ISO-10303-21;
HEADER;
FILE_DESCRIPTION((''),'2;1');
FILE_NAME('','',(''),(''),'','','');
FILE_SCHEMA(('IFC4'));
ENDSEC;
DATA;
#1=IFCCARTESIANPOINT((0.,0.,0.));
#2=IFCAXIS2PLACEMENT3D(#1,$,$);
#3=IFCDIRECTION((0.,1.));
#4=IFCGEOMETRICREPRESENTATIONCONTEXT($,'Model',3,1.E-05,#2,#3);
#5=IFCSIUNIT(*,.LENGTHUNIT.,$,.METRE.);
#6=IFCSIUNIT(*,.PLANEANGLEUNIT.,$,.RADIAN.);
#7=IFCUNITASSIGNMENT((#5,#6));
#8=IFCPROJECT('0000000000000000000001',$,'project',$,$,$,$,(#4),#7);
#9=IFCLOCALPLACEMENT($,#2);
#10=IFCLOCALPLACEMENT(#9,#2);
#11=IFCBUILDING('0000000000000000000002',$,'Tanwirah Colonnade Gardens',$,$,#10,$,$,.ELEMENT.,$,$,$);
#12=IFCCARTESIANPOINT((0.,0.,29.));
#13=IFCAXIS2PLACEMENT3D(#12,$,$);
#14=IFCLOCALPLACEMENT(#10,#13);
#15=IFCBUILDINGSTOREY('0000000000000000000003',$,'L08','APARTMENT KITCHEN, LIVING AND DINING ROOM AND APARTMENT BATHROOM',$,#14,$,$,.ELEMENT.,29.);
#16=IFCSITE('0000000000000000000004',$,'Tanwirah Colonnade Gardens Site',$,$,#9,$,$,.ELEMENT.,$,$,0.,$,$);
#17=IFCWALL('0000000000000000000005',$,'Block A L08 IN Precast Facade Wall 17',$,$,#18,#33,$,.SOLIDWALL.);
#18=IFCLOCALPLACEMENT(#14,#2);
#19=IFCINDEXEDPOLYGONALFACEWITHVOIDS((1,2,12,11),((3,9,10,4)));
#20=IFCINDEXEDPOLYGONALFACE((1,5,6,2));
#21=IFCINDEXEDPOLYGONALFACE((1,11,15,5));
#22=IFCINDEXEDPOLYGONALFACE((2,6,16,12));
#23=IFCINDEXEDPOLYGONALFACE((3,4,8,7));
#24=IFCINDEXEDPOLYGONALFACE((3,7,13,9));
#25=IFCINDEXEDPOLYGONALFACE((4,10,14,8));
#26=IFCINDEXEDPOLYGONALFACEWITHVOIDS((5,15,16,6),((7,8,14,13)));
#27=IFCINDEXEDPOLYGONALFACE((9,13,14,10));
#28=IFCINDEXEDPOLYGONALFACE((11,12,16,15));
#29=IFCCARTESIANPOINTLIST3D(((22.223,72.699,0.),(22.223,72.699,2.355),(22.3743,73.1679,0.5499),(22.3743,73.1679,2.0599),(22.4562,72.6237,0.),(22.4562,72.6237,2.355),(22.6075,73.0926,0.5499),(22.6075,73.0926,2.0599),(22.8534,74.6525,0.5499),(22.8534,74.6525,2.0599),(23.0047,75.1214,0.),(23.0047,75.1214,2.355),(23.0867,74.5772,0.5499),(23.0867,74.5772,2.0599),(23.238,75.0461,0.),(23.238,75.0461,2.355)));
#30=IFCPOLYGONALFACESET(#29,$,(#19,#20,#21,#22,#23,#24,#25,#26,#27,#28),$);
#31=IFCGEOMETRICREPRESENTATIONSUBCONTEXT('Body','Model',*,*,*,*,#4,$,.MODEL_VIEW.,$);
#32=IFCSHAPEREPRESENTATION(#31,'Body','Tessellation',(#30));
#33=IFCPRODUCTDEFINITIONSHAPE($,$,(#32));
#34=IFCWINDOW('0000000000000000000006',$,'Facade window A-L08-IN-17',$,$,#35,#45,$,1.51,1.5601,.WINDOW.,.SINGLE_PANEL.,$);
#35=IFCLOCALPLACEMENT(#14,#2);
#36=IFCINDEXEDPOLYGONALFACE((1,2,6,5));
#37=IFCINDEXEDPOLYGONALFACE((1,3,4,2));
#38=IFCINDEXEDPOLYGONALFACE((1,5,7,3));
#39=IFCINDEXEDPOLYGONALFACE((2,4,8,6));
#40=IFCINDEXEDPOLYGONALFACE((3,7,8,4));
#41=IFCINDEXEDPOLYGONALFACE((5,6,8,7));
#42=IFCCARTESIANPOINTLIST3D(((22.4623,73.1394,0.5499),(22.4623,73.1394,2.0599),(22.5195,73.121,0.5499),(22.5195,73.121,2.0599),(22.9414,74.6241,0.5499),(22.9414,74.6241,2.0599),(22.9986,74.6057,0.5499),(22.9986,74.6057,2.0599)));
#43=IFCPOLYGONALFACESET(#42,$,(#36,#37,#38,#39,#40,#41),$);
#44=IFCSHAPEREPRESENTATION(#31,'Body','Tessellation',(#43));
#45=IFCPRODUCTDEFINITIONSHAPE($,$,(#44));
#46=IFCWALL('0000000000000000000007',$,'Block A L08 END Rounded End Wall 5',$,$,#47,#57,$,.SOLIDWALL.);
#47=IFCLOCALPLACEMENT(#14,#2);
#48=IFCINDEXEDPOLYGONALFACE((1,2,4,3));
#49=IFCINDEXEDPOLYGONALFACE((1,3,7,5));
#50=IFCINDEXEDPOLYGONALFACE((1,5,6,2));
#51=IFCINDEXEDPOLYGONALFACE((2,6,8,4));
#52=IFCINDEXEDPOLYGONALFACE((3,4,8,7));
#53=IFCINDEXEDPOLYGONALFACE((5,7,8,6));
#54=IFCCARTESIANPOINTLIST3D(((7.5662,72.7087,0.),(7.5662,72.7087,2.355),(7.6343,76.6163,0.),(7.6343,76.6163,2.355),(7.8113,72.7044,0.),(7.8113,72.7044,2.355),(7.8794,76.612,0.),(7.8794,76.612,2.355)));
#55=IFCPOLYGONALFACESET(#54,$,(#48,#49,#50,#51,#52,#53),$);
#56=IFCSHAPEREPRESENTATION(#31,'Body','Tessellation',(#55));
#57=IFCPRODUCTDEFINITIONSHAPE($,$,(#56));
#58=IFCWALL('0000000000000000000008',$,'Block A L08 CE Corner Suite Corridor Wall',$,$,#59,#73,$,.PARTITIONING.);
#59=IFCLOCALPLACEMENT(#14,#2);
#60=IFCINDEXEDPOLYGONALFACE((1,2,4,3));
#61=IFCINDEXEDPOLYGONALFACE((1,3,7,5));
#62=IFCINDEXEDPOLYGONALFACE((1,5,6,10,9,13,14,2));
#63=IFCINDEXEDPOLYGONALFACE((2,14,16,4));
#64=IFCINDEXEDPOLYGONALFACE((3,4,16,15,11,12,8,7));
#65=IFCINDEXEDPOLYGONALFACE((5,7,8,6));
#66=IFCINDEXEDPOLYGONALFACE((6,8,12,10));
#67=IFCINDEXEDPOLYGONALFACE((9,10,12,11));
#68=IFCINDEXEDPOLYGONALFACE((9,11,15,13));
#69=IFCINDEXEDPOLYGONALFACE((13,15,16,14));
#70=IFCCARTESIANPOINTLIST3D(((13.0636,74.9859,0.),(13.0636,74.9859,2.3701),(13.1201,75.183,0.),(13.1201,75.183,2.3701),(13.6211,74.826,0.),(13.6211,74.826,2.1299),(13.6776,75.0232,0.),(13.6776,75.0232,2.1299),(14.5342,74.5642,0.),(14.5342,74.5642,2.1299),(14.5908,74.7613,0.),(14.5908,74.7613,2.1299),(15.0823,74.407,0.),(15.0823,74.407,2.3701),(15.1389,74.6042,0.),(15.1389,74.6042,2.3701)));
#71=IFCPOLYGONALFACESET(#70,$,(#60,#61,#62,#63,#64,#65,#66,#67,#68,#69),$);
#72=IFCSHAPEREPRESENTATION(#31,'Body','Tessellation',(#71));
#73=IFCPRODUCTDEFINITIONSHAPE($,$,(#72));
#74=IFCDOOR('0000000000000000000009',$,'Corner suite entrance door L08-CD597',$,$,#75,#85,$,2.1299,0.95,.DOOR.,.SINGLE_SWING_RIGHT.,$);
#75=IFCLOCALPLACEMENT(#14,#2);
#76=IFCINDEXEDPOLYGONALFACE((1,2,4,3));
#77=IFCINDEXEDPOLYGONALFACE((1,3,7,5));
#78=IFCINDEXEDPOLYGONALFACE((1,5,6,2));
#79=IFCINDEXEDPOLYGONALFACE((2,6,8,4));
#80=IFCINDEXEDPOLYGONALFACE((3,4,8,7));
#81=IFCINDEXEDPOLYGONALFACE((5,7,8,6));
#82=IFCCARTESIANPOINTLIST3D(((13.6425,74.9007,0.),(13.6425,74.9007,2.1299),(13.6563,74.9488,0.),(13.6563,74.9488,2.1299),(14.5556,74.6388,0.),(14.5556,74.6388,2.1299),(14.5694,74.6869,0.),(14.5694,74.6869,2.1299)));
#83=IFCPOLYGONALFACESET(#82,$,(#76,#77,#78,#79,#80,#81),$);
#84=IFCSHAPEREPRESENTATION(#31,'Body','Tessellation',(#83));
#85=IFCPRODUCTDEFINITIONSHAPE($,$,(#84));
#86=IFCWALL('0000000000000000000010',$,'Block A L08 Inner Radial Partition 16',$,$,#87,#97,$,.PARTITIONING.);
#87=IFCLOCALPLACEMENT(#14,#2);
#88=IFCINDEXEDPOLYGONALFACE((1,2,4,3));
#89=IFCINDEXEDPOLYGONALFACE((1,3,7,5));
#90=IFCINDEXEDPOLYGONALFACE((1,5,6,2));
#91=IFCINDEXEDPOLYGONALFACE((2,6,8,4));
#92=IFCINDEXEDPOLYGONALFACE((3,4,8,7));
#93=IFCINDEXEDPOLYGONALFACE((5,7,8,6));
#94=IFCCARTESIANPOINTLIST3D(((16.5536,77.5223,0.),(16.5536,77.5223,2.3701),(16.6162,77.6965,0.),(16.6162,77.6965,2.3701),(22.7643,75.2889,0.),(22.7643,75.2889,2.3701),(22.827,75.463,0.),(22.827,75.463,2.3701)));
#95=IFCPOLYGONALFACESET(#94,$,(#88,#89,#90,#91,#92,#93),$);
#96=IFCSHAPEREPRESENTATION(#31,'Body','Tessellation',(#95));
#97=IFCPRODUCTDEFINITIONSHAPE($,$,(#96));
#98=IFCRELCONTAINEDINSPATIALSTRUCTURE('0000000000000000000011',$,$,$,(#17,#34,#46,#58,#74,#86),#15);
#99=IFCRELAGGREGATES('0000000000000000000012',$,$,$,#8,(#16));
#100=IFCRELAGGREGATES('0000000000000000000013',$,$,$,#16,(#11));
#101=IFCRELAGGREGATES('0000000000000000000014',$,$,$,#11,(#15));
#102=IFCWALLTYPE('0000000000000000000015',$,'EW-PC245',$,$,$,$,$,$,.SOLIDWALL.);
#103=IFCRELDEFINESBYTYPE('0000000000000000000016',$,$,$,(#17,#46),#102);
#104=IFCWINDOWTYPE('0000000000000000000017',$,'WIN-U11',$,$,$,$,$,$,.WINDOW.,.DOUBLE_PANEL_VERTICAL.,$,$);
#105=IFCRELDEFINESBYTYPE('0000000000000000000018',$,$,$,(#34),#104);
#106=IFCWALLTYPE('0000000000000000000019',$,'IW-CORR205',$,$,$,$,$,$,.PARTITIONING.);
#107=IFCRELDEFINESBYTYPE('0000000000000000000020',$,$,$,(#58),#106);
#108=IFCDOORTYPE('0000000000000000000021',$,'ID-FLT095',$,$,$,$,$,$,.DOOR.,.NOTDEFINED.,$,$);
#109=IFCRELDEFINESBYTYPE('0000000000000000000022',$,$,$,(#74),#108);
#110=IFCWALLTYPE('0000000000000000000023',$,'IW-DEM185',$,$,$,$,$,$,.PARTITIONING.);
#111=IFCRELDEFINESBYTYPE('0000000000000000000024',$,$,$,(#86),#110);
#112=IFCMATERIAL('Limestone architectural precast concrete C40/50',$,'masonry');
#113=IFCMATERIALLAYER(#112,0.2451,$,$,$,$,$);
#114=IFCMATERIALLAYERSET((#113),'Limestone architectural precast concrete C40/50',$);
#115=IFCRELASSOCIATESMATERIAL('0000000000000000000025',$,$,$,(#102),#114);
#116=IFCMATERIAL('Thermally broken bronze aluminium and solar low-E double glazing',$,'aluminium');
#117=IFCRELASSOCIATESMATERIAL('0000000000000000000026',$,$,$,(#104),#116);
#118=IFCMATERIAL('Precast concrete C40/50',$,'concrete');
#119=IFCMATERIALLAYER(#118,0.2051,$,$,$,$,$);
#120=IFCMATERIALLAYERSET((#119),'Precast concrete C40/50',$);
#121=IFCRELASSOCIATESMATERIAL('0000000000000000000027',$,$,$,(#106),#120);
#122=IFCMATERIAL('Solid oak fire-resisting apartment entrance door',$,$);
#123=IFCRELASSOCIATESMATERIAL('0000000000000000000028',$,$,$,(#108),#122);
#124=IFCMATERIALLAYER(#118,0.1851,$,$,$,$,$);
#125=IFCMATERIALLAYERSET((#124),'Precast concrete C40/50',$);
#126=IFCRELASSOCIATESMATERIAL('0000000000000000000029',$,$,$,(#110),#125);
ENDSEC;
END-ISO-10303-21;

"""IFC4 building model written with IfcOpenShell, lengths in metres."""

from ifc_helpers import new_model, si_unit, direction, frame, frame_2d, origin, place, context, subcontext, project, spatial, rectangle, extrude, material, layer, layer_set, type_object, element, fill, save


model = new_model("IFC4")

# Units and contexts
model_context = context("Model", 3, precision=1e-05, world=origin(), true_north=direction((0.0, 1.0)))
body_context = subcontext(model_context, "Body", "Model", "MODEL_VIEW")
ifc_project = project(units=[si_unit("LENGTHUNIT", "METRE"), si_unit("PLANEANGLEUNIT", "RADIAN")], contexts=[model_context])

# Site, building, storey
site_placement = place(None, origin())
site = spatial("IfcSite", under=ifc_project, at=site_placement, Name="Tanwirah Colonnade Gardens Site", CompositionType="ELEMENT", RefElevation=0.0)
building_placement = place(site_placement, origin())
building = spatial("IfcBuilding", under=site, at=building_placement, Name="Tanwirah Colonnade Gardens", CompositionType="ELEMENT")
storey_placement = place(building_placement, frame((0.0, 0.0, 29.0)))
storey = spatial("IfcBuildingStorey", under=building, at=storey_placement, Name="L08", Description="APARTMENT KITCHEN, LIVING AND DINING ROOM AND APARTMENT BATHROOM", CompositionType="ELEMENT", Elevation=29.0)

# Shared definitions
ifc_material_1 = material(Name="Precast concrete C40/50", Category="concrete")

# Wall, opening, window
ifc_material_2 = material(Name="Limestone architectural precast concrete C40/50", Category="masonry")
ifc_layer_1 = layer(ifc_material_2, 0.2451)
ifc_layer_set_1 = layer_set([ifc_layer_1], Name="Limestone architectural precast concrete C40/50")
wall_type_1 = type_object("IfcWallType", Name="EW-PC245", PredefinedType="SOLIDWALL", material=ifc_layer_set_1)
wall_1_placement = place(storey_placement, frame((23.1213, 75.0837, 0.0), z_axis=(0.0, 0.0, 1.0), x_axis=(-0.30712, -0.951671, 0.0)))
wall_1 = element("IfcWall", 1, at=wall_1_placement, inside=storey, type_object=wall_type_1, Name="Block A L08 IN Precast Facade Wall 17", PredefinedType="SOLIDWALL", context=body_context, shape_type="SweptSolid", body=[
    extrude(rectangle(XDim=2.5454, YDim=0.2451, at=frame_2d((1.2727, 0.0))), origin(), (0.0, 0.0, 1.0), 2.355),
])
opening_1_placement = place(wall_1_placement, frame((0.4927, 0.0, 0.55)))
opening_1 = element("IfcOpeningElement", 2, at=opening_1_placement, cuts=wall_1, PredefinedType="OPENING", context=body_context, shape_type="SweptSolid", body=[
    extrude(rectangle(XDim=1.5601, YDim=1.51, at=frame_2d((0.78, 0.7549))), frame((0.0, 0.1326, 0.0), z_axis=(0.0, -1.0, 0.0), x_axis=(1.0, 0.0, 0.0)), (0.0, 0.0, 1.0), 0.2651),
])
ifc_material_3 = material(Name="Thermally broken bronze aluminium and solar low-E double glazing", Category="aluminium")
window_type = type_object("IfcWindowType", Name="WIN-U11", PartitioningType="DOUBLE_PANEL_VERTICAL", PredefinedType="WINDOW", material=ifc_material_3)
window_placement = place(opening_1_placement, origin())
window = element("IfcWindow", 3, at=window_placement, inside=storey, type_object=window_type, Name="Facade window A-L08-IN-17", OverallHeight=1.51, OverallWidth=1.5601, PartitioningType="SINGLE_PANEL", PredefinedType="WINDOW", context=body_context, shape_type="SweptSolid", body=[
    extrude(rectangle(XDim=1.5601, YDim=1.51, at=frame_2d((0.78, 0.7549))), frame((0.0, 0.03, 0.0), z_axis=(0.0, -1.0, 0.0), x_axis=(1.0, 0.0, 0.0)), (0.0, 0.0, 1.0), 0.0601),
])
fill(opening_1, window)

# Wall
wall_2_placement = place(storey_placement, frame((7.6887, 72.7065, 0.0), z_axis=(0.0, 0.0, 1.0), x_axis=(0.017428, 0.999848, 0.0)))
element("IfcWall", 4, at=wall_2_placement, inside=storey, type_object=wall_type_1, Name="Block A L08 END Rounded End Wall 5", PredefinedType="SOLIDWALL", context=body_context, shape_type="SweptSolid", body=[
    extrude(rectangle(XDim=3.9082, YDim=0.2451, at=frame_2d((1.9541, 0.0))), origin(), (0.0, 0.0, 1.0), 2.355),
])

# Wall, opening, door
ifc_layer_2 = layer(ifc_material_1, 0.2051)
ifc_layer_set_2 = layer_set([ifc_layer_2], Name="Precast concrete C40/50")
wall_type_2 = type_object("IfcWallType", Name="IW-CORR205", PredefinedType="PARTITIONING", material=ifc_layer_set_2)
ifc_material_4 = material(Name="Solid oak fire-resisting apartment entrance door")
wall_3_placement = place(storey_placement, frame((15.1106, 74.5056, 0.0), z_axis=(0.0, 0.0, 1.0), x_axis=(-0.961265, 0.275627, 0.0)))
wall_3 = element("IfcWall", 5, at=wall_3_placement, inside=storey, type_object=wall_type_2, Name="Block A L08 CE Corner Suite Corridor Wall", PredefinedType="PARTITIONING", context=body_context, shape_type="SweptSolid", body=[
    extrude(rectangle(XDim=2.1001, YDim=0.2051, at=frame_2d((1.05, 0.0))), origin(), (0.0, 0.0, 1.0), 2.3701),
])
opening_2_placement = place(wall_3_placement, frame((0.5701, 0.0, 0.0)))
opening_2 = element("IfcOpeningElement", 6, at=opening_2_placement, cuts=wall_3, PredefinedType="OPENING", context=body_context, shape_type="SweptSolid", body=[
    extrude(rectangle(XDim=0.95, YDim=2.1299, at=frame_2d((0.4751, 1.0649))), frame((0.0, 0.1125, 0.0), z_axis=(0.0, -1.0, 0.0), x_axis=(1.0, 0.0, 0.0)), (0.0, 0.0, 1.0), 0.2251),
])
door_type_1 = type_object("IfcDoorType", Name="ID-FLT095", OperationType="NOTDEFINED", PredefinedType="DOOR", material=ifc_material_4)
door_1_placement = place(opening_2_placement, origin())
door_1 = element("IfcDoor", 7, at=door_1_placement, inside=storey, type_object=door_type_1, Name="Corner suite entrance door L08-CD597", OperationType="SINGLE_SWING_RIGHT", OverallHeight=2.1299, OverallWidth=0.95, PredefinedType="DOOR", context=body_context, shape_type="SweptSolid", body=[
    extrude(rectangle(XDim=0.95, YDim=2.1299, at=frame_2d((0.4751, 1.0649))), frame((0.0, 0.0249, 0.0), z_axis=(0.0, -1.0, 0.0), x_axis=(1.0, 0.0, 0.0)), (0.0, 0.0, 1.0), 0.05),
])
fill(opening_2, door_1)

# Wall
ifc_layer_3 = layer(ifc_material_1, 0.1851)
ifc_layer_set_3 = layer_set([ifc_layer_3], Name="Precast concrete C40/50")
wall_type_3 = type_object("IfcWallType", Name="IW-DEM185", PredefinedType="PARTITIONING", material=ifc_layer_set_3)
wall_4_placement = place(storey_placement, frame((22.7957, 75.376, 0.0), z_axis=(0.0, 0.0, 1.0), x_axis=(-0.941006, 0.338391, 0.0)))
element("IfcWall", 8, at=wall_4_placement, inside=storey, type_object=wall_type_3, Name="Block A L08 Inner Radial Partition 16", PredefinedType="PARTITIONING", context=body_context, shape_type="SweptSolid", body=[
    extrude(rectangle(XDim=6.6001, YDim=0.1851, at=frame_2d((3.3, 0.0))), origin(), (0.0, 0.0, 1.0), 2.3701),
])

save(model, "model.ifc")
